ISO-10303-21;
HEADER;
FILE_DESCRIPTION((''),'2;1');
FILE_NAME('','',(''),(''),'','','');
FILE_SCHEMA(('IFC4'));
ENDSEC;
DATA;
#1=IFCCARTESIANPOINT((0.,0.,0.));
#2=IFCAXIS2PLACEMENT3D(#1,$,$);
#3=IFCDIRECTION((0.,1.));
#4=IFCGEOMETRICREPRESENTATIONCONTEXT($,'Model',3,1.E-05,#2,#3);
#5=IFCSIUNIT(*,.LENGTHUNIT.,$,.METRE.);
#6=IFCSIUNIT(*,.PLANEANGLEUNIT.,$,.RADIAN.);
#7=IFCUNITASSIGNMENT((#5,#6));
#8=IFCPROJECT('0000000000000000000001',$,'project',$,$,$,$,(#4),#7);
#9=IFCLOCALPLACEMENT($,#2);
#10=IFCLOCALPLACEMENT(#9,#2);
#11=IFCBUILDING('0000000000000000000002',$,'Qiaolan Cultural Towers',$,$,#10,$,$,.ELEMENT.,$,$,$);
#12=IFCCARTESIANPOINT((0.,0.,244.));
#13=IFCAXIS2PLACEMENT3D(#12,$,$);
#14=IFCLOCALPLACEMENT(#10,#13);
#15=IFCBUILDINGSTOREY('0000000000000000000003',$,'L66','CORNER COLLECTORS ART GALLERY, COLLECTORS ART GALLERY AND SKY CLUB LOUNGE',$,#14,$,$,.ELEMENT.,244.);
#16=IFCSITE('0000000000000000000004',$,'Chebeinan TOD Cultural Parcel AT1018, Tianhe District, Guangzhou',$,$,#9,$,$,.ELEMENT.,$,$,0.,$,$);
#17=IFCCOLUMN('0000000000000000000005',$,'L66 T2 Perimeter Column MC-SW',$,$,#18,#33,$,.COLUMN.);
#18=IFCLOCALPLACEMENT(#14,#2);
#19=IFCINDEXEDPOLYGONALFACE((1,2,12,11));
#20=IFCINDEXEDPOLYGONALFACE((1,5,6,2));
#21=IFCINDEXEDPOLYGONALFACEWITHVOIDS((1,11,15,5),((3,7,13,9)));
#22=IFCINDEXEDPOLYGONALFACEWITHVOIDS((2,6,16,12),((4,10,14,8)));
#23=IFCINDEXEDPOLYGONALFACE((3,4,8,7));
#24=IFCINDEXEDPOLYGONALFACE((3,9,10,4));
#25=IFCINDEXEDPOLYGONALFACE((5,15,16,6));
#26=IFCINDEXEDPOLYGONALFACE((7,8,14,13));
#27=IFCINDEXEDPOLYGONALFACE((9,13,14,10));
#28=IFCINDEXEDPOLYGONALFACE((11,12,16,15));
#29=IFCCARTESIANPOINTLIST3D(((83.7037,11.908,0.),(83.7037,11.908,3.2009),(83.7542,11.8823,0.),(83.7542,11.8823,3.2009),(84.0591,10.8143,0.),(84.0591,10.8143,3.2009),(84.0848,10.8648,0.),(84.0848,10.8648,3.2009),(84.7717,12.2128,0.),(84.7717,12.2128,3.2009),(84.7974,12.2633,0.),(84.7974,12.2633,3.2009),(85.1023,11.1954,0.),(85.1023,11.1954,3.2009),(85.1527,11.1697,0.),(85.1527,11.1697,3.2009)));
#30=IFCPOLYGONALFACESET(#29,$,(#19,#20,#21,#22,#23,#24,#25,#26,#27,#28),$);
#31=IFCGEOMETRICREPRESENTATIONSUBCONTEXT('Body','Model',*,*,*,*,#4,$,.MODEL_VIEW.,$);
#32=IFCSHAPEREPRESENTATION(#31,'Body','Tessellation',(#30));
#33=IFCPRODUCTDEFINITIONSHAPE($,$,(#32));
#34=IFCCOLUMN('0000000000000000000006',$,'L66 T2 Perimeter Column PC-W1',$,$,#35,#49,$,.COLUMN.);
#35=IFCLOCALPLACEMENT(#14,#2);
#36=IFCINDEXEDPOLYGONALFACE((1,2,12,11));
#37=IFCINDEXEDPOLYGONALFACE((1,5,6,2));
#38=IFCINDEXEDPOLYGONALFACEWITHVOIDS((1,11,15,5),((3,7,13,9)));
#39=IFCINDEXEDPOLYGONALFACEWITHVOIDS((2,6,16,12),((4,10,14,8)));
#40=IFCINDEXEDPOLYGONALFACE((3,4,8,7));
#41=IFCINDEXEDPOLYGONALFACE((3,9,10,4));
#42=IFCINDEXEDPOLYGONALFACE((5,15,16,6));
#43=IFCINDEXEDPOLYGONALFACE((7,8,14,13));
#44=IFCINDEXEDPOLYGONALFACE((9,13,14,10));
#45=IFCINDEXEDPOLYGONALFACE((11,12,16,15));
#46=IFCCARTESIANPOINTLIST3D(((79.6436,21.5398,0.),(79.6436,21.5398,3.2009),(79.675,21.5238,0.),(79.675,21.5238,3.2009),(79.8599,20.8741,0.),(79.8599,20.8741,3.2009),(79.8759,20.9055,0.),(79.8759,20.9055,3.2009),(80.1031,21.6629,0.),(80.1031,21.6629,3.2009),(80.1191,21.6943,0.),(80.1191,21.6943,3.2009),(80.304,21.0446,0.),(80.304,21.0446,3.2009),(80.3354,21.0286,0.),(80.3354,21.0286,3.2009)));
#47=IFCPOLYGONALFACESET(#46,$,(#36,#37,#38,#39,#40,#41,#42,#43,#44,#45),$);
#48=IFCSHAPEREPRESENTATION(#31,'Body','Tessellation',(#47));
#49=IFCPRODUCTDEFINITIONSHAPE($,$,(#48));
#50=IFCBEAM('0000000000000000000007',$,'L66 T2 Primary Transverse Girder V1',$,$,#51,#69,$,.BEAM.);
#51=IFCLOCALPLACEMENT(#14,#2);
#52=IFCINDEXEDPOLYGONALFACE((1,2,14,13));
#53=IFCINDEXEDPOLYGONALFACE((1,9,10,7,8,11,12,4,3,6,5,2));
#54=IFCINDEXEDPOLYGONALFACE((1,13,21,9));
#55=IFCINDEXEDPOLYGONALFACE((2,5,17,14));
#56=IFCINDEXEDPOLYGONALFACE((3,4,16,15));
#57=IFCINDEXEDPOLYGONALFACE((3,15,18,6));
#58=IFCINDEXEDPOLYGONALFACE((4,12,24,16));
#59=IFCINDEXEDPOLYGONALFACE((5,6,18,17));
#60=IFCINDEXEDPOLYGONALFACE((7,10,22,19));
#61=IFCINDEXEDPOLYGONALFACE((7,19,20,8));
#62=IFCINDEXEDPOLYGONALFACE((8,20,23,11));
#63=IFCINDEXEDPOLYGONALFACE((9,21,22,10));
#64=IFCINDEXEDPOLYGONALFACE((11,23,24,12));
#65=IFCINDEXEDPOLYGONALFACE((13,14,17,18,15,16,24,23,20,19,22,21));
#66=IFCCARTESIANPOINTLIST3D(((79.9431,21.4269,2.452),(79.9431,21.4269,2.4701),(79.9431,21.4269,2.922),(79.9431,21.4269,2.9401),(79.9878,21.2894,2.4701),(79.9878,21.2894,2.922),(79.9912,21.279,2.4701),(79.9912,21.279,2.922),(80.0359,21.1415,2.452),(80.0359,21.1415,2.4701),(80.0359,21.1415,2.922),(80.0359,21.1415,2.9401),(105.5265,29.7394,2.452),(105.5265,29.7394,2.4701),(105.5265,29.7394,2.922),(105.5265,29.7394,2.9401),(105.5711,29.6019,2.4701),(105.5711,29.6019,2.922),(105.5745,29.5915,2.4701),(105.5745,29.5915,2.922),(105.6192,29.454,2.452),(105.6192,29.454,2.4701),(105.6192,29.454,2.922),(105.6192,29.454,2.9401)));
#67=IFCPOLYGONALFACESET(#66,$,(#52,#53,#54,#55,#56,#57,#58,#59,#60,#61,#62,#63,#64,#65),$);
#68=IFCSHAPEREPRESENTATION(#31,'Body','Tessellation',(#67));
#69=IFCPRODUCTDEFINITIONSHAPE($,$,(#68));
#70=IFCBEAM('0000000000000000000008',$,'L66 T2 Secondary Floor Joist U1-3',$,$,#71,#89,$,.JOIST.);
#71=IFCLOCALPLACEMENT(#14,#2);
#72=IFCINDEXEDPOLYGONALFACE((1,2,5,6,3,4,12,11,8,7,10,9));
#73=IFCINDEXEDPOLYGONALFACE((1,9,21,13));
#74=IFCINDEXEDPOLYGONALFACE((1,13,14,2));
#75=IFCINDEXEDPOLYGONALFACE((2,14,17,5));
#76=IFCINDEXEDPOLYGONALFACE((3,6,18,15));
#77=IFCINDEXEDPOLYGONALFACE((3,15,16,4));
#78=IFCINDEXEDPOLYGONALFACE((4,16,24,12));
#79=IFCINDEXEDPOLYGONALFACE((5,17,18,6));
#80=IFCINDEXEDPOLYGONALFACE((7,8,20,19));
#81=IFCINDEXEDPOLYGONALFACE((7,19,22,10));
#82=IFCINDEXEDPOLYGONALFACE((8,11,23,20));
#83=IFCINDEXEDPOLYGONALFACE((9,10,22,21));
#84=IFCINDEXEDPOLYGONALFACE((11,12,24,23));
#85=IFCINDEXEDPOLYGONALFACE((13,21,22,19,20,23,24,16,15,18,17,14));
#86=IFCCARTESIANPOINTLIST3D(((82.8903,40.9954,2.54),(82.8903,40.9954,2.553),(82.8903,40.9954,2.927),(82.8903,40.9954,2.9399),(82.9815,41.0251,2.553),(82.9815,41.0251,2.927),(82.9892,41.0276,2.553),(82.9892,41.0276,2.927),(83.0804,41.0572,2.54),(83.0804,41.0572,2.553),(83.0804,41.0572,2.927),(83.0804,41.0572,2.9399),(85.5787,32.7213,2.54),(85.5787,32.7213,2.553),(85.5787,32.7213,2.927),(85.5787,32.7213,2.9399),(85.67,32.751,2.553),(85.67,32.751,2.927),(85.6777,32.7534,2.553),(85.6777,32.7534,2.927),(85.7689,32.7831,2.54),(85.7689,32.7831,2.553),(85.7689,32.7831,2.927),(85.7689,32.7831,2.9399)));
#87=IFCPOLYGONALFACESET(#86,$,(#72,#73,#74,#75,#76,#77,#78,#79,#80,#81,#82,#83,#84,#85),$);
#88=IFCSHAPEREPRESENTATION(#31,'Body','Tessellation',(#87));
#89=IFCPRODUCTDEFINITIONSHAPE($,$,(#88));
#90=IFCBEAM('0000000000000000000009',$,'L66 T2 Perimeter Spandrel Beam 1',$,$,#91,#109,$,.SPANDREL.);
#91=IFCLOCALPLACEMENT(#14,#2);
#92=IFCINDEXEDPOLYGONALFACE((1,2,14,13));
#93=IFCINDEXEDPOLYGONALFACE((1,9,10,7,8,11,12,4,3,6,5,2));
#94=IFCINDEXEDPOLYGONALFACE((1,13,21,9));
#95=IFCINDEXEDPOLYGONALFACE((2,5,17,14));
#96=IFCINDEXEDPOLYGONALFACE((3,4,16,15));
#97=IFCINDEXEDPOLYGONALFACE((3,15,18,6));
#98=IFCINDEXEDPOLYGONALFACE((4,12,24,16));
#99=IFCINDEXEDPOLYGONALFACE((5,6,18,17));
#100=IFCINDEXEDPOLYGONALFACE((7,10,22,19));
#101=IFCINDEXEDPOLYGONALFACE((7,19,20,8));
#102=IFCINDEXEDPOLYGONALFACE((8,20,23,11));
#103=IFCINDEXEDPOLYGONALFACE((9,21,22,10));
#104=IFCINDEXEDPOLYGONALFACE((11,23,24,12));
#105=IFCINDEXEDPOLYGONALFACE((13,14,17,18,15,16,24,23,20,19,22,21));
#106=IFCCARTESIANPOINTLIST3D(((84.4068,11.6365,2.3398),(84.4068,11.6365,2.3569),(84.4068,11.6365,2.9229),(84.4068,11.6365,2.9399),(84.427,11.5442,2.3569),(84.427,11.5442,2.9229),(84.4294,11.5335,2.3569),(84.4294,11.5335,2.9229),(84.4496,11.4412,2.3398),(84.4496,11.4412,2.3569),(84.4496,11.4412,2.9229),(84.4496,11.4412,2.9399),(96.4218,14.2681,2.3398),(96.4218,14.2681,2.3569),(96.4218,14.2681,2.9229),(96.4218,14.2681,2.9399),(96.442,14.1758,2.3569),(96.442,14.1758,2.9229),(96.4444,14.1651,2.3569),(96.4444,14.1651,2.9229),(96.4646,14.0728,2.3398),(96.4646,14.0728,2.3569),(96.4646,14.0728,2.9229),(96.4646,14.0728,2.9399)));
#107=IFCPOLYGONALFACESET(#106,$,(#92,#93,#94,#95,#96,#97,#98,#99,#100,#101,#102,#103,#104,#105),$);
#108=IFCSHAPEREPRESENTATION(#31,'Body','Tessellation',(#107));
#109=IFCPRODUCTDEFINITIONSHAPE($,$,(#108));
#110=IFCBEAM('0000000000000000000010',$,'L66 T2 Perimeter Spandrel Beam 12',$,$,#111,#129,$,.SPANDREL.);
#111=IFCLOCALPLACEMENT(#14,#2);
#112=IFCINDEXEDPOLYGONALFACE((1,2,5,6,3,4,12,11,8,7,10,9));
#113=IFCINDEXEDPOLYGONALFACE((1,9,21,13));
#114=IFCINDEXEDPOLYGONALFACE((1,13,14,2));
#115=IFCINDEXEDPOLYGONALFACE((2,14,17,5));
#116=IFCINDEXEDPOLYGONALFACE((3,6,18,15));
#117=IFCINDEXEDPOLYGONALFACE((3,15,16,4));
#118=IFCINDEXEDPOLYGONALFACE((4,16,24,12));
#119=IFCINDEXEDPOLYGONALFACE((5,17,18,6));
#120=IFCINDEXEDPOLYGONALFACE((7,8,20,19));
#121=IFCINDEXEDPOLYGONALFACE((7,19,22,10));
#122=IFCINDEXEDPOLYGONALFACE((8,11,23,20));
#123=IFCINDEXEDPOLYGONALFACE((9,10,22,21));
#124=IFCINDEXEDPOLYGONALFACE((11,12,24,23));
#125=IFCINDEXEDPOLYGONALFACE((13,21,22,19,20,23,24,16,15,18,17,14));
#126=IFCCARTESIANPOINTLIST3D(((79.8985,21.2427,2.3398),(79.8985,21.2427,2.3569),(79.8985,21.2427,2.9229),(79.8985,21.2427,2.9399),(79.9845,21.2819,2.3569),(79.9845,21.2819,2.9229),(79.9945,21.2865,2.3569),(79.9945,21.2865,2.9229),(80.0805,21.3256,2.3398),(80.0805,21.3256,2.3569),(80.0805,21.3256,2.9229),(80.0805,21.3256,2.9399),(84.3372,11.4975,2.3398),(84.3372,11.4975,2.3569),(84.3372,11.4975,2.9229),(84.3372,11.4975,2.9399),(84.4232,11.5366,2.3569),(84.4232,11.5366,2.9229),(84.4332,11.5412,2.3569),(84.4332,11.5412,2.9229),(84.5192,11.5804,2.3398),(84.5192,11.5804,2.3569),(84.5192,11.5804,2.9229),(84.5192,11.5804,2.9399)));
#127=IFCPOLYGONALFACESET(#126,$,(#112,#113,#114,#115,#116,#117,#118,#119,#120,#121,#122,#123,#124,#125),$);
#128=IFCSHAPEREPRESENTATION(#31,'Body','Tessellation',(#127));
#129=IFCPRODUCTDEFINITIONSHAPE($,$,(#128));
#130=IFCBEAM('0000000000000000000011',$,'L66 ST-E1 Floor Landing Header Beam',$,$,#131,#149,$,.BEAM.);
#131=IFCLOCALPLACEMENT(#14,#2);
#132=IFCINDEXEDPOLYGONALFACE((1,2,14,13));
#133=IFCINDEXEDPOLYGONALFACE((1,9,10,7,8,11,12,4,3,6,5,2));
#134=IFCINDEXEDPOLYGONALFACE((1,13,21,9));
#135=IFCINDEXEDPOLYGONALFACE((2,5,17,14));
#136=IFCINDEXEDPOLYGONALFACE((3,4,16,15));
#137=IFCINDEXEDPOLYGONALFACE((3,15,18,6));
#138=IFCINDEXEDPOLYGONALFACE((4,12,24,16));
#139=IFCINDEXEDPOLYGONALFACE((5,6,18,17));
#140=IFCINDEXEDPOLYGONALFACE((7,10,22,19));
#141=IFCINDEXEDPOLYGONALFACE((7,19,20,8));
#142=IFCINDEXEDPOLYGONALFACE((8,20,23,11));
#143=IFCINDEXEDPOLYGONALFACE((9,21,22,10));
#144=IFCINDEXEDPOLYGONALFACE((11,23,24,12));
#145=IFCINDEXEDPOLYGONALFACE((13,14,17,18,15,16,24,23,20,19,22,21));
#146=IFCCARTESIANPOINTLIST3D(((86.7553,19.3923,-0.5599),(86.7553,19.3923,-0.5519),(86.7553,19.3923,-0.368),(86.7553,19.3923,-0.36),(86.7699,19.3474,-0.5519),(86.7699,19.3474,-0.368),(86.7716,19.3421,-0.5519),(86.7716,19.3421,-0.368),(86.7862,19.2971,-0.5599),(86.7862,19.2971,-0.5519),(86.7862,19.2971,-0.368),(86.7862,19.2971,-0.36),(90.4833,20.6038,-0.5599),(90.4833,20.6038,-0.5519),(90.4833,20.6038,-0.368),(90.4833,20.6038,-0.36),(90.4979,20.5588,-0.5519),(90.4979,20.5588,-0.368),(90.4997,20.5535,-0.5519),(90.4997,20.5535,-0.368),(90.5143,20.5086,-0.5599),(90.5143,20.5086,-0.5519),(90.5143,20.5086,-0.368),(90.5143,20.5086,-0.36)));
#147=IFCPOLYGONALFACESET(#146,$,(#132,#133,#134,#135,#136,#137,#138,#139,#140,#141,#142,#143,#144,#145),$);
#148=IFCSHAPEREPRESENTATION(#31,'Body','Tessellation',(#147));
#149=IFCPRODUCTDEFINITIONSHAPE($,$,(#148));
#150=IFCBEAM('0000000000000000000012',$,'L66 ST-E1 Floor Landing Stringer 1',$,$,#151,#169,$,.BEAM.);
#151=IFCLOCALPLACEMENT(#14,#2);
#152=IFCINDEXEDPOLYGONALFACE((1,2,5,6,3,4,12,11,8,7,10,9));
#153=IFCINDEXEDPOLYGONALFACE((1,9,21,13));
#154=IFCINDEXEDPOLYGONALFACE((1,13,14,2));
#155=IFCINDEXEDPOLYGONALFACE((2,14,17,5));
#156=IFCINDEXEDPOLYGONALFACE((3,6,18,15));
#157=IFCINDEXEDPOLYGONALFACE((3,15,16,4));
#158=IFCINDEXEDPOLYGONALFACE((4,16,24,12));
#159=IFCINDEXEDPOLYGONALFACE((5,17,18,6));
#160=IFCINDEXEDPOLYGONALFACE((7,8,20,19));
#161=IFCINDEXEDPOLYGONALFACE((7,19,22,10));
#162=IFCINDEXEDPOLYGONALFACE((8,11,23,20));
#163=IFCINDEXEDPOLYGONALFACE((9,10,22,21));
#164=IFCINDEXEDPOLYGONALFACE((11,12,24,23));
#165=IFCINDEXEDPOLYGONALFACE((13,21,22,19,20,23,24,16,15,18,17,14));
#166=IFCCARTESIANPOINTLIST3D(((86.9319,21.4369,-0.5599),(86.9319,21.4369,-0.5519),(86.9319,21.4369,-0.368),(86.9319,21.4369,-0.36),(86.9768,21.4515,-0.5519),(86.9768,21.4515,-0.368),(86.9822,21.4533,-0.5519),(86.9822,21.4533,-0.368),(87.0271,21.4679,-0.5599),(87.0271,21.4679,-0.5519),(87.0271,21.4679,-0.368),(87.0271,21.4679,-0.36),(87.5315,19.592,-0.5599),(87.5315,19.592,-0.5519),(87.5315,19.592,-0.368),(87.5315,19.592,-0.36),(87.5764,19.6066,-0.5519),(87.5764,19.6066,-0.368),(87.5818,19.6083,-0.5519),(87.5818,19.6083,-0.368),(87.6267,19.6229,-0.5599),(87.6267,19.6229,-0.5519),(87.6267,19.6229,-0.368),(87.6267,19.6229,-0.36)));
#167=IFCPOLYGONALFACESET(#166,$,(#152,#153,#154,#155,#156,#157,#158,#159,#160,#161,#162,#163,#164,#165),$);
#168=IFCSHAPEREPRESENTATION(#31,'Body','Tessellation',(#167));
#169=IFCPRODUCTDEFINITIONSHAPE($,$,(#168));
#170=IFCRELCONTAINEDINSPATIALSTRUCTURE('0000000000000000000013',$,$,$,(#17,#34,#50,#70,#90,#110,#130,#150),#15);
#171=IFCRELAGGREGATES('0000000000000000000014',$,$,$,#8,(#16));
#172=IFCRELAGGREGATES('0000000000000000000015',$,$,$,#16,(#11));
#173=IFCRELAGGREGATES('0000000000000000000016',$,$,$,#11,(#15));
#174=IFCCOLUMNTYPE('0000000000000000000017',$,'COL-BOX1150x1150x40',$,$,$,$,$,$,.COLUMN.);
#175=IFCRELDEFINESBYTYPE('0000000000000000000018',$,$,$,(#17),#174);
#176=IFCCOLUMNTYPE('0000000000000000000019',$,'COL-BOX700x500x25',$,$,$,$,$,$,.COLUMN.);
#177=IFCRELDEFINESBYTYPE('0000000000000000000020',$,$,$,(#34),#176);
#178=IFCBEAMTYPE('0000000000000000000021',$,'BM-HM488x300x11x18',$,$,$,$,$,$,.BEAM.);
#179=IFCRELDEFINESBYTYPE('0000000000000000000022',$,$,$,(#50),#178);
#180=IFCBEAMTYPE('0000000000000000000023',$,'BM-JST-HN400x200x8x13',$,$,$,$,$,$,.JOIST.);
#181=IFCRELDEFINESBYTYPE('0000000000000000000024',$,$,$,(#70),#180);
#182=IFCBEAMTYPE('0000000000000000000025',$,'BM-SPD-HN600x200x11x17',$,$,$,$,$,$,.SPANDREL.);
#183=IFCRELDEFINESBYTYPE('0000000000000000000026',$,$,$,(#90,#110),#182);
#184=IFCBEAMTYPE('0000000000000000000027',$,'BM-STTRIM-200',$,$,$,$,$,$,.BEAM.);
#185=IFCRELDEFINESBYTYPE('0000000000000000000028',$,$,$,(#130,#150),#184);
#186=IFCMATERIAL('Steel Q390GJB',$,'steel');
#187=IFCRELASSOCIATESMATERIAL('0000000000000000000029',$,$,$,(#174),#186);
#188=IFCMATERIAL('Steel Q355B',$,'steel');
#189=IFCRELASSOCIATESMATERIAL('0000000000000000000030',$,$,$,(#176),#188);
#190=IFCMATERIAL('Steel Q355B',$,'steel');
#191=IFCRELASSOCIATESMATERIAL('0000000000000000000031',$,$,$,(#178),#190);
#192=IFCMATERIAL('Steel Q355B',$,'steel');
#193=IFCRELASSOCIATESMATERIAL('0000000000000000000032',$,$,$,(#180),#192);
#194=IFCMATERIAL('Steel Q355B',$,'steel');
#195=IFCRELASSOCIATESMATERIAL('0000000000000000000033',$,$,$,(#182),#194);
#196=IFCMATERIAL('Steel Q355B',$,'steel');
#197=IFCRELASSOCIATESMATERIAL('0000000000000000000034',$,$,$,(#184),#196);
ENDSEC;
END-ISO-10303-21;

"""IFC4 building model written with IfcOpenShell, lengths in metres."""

from ifc_helpers import new_model, si_unit, direction, frame, origin, origin_2d, place, context, subcontext, project, spatial, hollow_rectangle, i_section, extrude, material, material_profile, profile_set, type_object, element, save


model = new_model("IFC4")

# Units and contexts
model_context = context("Model", 3, precision=1e-05, world=origin(), true_north=direction((0.0, 1.0)))
body_context = subcontext(model_context, "Body", "Model", "MODEL_VIEW")
ifc_project = project(units=[si_unit("LENGTHUNIT", "METRE"), si_unit("PLANEANGLEUNIT", "RADIAN")], contexts=[model_context])

# Site, building, storey
site_placement = place(None, origin())
site = spatial("IfcSite", under=ifc_project, at=site_placement, Name="Chebeinan TOD Cultural Parcel AT1018, Tianhe District, Guangzhou", CompositionType="ELEMENT", RefElevation=0.0)
building_placement = place(site_placement, origin())
building = spatial("IfcBuilding", under=site, at=building_placement, Name="Qiaolan Cultural Towers", CompositionType="ELEMENT")
storey_placement = place(building_placement, frame((0.0, 0.0, 244.0)))
storey = spatial("IfcBuildingStorey", under=building, at=storey_placement, Name="L66", Description="CORNER COLLECTORS ART GALLERY, COLLECTORS ART GALLERY AND SKY CLUB LOUNGE", CompositionType="ELEMENT", Elevation=244.0)

# Columns
ifc_material_1 = material(Name="Steel Q390GJB", Category="steel")
ifc_material_profile_1 = material_profile(ifc_material_1, hollow_rectangle(XDim=1.1499, YDim=1.1499, WallThickness=0.04, at=origin_2d()), Name="BOX1150x1150x40")
ifc_profile_set_1 = profile_set([ifc_material_profile_1], Name="Steel Q390GJB")
column_type_1 = type_object("IfcColumnType", Name="COL-BOX1150x1150x40", PredefinedType="COLUMN", material=ifc_profile_set_1)
column_1_placement = place(storey_placement, frame((84.4282, 11.5388, 0.0), z_axis=(0.0, 0.0, 1.0), x_axis=(0.951057, 0.309017, 0.0)))
element("IfcColumn", 1, at=column_1_placement, inside=storey, type_object=column_type_1, Name="L66 T2 Perimeter Column MC-SW", PredefinedType="COLUMN", context=body_context, shape_type="SweptSolid", body=[
    extrude(hollow_rectangle(XDim=1.1499, YDim=1.1499, WallThickness=0.04, at=origin_2d()), origin(), (0.0, 0.0, 1.0), 3.2009),
])
ifc_material_2 = material(Name="Steel Q355B", Category="steel")
ifc_material_profile_2 = material_profile(ifc_material_2, hollow_rectangle(XDim=0.5, YDim=0.7, WallThickness=0.0249, at=origin_2d()), Name="BOX700x500x25")
ifc_profile_set_2 = profile_set([ifc_material_profile_2], Name="Steel Q355B")
column_type_2 = type_object("IfcColumnType", Name="COL-BOX700x500x25", PredefinedType="COLUMN", material=ifc_profile_set_2)
column_2_placement = place(storey_placement, frame((79.9895, 21.2842, 0.0), z_axis=(0.0, 0.0, 1.0), x_axis=(0.951057, 0.309017, 0.0)))
element("IfcColumn", 2, at=column_2_placement, inside=storey, type_object=column_type_2, Name="L66 T2 Perimeter Column PC-W1", PredefinedType="COLUMN", context=body_context, shape_type="SweptSolid", body=[
    extrude(hollow_rectangle(XDim=0.5, YDim=0.7, WallThickness=0.0249, at=origin_2d()), origin(), (0.0, 0.0, 1.0), 3.2009),
])

# Beams
ifc_material_3 = material(Name="Steel Q355B", Category="steel")
ifc_material_profile_3 = material_profile(ifc_material_3, i_section(OverallWidth=0.3, OverallDepth=0.488, WebThickness=0.011, FlangeThickness=0.0181, at=origin_2d()), Name="HM488x300x11x18")
ifc_profile_set_3 = profile_set([ifc_material_profile_3], Name="Steel Q355B")
beam_type_1 = type_object("IfcBeamType", Name="BM-HM488x300x11x18", PredefinedType="BEAM", material=ifc_profile_set_3)
beam_1_placement = place(storey_placement, frame((79.9895, 21.2842, 2.696), z_axis=(0.951057, 0.309017, 0.0), x_axis=(-0.309017, 0.951057, 0.0)))
element("IfcBeam", 3, at=beam_1_placement, inside=storey, type_object=beam_type_1, Name="L66 T2 Primary Transverse Girder V1", PredefinedType="BEAM", context=body_context, shape_type="SweptSolid", body=[
    extrude(i_section(OverallWidth=0.3, OverallDepth=0.488, WebThickness=0.011, FlangeThickness=0.0181, at=origin_2d()), origin(), (0.0, 0.0, 1.0), 26.8999),
])
ifc_material_4 = material(Name="Steel Q355B", Category="steel")
ifc_material_profile_4 = material_profile(ifc_material_4, i_section(OverallWidth=0.2, OverallDepth=0.3999, WebThickness=0.0081, FlangeThickness=0.0129, at=origin_2d()), Name="HN400x200x8x13")
ifc_profile_set_4 = profile_set([ifc_material_profile_4], Name="Steel Q355B")
beam_type_2 = type_object("IfcBeamType", Name="BM-JST-HN400x200x8x13", PredefinedType="JOIST", material=ifc_profile_set_4)
beam_2_placement = place(storey_placement, frame((85.6738, 32.7522, 2.74), z_axis=(-0.309021, 0.951055, 0.0), x_axis=(-0.951055, -0.309021, 0.0)))
element("IfcBeam", 4, at=beam_2_placement, inside=storey, type_object=beam_type_2, Name="L66 T2 Secondary Floor Joist U1-3", PredefinedType="JOIST", context=body_context, shape_type="SweptSolid", body=[
    extrude(i_section(OverallWidth=0.2, OverallDepth=0.3999, WebThickness=0.0081, FlangeThickness=0.0129, at=origin_2d()), origin(), (0.0, 0.0, 1.0), 8.7),
])
ifc_material_5 = material(Name="Steel Q355B", Category="steel")
ifc_material_profile_5 = material_profile(ifc_material_5, i_section(OverallWidth=0.2, OverallDepth=0.6001, WebThickness=0.011, FlangeThickness=0.0171, at=origin_2d()), Name="HN600x200x11x17")
ifc_profile_set_5 = profile_set([ifc_material_profile_5], Name="Steel Q355B")
beam_type_3 = type_object("IfcBeamType", Name="BM-SPD-HN600x200x11x17", PredefinedType="SPANDREL", material=ifc_profile_set_5)
beam_3_placement = place(storey_placement, frame((84.4282, 11.5388, 2.6399), z_axis=(0.976843, 0.213956, 0.0), x_axis=(-0.213956, 0.976843, 0.0)))
element("IfcBeam", 5, at=beam_3_placement, inside=storey, type_object=beam_type_3, Name="L66 T2 Perimeter Spandrel Beam 1", PredefinedType="SPANDREL", context=body_context, shape_type="SweptSolid", body=[
    extrude(i_section(OverallWidth=0.2, OverallDepth=0.6001, WebThickness=0.011, FlangeThickness=0.0171, at=origin_2d()), origin(), (0.0, 0.0, 1.0), 12.2998),
])
beam_4_placement = place(storey_placement, frame((79.9895, 21.2842, 2.6399), z_axis=(0.4145, -0.910049, 0.0), x_axis=(0.910049, 0.4145, 0.0)))
element("IfcBeam", 6, at=beam_4_placement, inside=storey, type_object=beam_type_3, Name="L66 T2 Perimeter Spandrel Beam 12", PredefinedType="SPANDREL", context=body_context, shape_type="SweptSolid", body=[
    extrude(i_section(OverallWidth=0.2, OverallDepth=0.6001, WebThickness=0.011, FlangeThickness=0.0171, at=origin_2d()), origin(), (0.0, 0.0, 1.0), 10.7085),
])
ifc_material_6 = material(Name="Steel Q355B", Category="steel")
ifc_material_profile_6 = material_profile(ifc_material_6, i_section(OverallWidth=0.1001, OverallDepth=0.2, WebThickness=0.0056, FlangeThickness=0.0081, at=origin_2d()), Name="HN200x100x5.5x8")
ifc_profile_set_6 = profile_set([ifc_material_profile_6], Name="Steel Q355B")
beam_type_4 = type_object("IfcBeamType", Name="BM-STTRIM-200", PredefinedType="BEAM", material=ifc_profile_set_6)
beam_5_placement = place(storey_placement, frame((86.7708, 19.3447, -0.46), z_axis=(0.951048, 0.309044, 0.0), x_axis=(-0.309044, 0.951048, 0.0)))
element("IfcBeam", 7, at=beam_5_placement, inside=storey, type_object=beam_type_4, Name="L66 ST-E1 Floor Landing Header Beam", PredefinedType="BEAM", context=body_context, shape_type="SweptSolid", body=[
    extrude(i_section(OverallWidth=0.1001, OverallDepth=0.2, WebThickness=0.0056, FlangeThickness=0.0081, at=origin_2d()), origin(), (0.0, 0.0, 1.0), 3.9199),
])
for number, where, z_axis, x_axis, name in (
    (8, (86.9795, 21.4524, -0.46), (0.309083, -0.951035, 0.0), (0.951035, 0.309083, 0.0), "L66 ST-E1 Floor Landing Stringer 1"),
):
    element("IfcBeam", number, at=place(storey_placement, frame(where, z_axis=z_axis, x_axis=x_axis)), inside=storey, type_object=beam_type_4, Name=name, PredefinedType="BEAM", context=body_context, shape_type="SweptSolid", body=[
        extrude(i_section(OverallWidth=0.1001, OverallDepth=0.2, WebThickness=0.0056, FlangeThickness=0.0081, at=origin_2d()), origin(), (0.0, 0.0, 1.0), 1.9399),
    ])

save(model, "model.ifc")
